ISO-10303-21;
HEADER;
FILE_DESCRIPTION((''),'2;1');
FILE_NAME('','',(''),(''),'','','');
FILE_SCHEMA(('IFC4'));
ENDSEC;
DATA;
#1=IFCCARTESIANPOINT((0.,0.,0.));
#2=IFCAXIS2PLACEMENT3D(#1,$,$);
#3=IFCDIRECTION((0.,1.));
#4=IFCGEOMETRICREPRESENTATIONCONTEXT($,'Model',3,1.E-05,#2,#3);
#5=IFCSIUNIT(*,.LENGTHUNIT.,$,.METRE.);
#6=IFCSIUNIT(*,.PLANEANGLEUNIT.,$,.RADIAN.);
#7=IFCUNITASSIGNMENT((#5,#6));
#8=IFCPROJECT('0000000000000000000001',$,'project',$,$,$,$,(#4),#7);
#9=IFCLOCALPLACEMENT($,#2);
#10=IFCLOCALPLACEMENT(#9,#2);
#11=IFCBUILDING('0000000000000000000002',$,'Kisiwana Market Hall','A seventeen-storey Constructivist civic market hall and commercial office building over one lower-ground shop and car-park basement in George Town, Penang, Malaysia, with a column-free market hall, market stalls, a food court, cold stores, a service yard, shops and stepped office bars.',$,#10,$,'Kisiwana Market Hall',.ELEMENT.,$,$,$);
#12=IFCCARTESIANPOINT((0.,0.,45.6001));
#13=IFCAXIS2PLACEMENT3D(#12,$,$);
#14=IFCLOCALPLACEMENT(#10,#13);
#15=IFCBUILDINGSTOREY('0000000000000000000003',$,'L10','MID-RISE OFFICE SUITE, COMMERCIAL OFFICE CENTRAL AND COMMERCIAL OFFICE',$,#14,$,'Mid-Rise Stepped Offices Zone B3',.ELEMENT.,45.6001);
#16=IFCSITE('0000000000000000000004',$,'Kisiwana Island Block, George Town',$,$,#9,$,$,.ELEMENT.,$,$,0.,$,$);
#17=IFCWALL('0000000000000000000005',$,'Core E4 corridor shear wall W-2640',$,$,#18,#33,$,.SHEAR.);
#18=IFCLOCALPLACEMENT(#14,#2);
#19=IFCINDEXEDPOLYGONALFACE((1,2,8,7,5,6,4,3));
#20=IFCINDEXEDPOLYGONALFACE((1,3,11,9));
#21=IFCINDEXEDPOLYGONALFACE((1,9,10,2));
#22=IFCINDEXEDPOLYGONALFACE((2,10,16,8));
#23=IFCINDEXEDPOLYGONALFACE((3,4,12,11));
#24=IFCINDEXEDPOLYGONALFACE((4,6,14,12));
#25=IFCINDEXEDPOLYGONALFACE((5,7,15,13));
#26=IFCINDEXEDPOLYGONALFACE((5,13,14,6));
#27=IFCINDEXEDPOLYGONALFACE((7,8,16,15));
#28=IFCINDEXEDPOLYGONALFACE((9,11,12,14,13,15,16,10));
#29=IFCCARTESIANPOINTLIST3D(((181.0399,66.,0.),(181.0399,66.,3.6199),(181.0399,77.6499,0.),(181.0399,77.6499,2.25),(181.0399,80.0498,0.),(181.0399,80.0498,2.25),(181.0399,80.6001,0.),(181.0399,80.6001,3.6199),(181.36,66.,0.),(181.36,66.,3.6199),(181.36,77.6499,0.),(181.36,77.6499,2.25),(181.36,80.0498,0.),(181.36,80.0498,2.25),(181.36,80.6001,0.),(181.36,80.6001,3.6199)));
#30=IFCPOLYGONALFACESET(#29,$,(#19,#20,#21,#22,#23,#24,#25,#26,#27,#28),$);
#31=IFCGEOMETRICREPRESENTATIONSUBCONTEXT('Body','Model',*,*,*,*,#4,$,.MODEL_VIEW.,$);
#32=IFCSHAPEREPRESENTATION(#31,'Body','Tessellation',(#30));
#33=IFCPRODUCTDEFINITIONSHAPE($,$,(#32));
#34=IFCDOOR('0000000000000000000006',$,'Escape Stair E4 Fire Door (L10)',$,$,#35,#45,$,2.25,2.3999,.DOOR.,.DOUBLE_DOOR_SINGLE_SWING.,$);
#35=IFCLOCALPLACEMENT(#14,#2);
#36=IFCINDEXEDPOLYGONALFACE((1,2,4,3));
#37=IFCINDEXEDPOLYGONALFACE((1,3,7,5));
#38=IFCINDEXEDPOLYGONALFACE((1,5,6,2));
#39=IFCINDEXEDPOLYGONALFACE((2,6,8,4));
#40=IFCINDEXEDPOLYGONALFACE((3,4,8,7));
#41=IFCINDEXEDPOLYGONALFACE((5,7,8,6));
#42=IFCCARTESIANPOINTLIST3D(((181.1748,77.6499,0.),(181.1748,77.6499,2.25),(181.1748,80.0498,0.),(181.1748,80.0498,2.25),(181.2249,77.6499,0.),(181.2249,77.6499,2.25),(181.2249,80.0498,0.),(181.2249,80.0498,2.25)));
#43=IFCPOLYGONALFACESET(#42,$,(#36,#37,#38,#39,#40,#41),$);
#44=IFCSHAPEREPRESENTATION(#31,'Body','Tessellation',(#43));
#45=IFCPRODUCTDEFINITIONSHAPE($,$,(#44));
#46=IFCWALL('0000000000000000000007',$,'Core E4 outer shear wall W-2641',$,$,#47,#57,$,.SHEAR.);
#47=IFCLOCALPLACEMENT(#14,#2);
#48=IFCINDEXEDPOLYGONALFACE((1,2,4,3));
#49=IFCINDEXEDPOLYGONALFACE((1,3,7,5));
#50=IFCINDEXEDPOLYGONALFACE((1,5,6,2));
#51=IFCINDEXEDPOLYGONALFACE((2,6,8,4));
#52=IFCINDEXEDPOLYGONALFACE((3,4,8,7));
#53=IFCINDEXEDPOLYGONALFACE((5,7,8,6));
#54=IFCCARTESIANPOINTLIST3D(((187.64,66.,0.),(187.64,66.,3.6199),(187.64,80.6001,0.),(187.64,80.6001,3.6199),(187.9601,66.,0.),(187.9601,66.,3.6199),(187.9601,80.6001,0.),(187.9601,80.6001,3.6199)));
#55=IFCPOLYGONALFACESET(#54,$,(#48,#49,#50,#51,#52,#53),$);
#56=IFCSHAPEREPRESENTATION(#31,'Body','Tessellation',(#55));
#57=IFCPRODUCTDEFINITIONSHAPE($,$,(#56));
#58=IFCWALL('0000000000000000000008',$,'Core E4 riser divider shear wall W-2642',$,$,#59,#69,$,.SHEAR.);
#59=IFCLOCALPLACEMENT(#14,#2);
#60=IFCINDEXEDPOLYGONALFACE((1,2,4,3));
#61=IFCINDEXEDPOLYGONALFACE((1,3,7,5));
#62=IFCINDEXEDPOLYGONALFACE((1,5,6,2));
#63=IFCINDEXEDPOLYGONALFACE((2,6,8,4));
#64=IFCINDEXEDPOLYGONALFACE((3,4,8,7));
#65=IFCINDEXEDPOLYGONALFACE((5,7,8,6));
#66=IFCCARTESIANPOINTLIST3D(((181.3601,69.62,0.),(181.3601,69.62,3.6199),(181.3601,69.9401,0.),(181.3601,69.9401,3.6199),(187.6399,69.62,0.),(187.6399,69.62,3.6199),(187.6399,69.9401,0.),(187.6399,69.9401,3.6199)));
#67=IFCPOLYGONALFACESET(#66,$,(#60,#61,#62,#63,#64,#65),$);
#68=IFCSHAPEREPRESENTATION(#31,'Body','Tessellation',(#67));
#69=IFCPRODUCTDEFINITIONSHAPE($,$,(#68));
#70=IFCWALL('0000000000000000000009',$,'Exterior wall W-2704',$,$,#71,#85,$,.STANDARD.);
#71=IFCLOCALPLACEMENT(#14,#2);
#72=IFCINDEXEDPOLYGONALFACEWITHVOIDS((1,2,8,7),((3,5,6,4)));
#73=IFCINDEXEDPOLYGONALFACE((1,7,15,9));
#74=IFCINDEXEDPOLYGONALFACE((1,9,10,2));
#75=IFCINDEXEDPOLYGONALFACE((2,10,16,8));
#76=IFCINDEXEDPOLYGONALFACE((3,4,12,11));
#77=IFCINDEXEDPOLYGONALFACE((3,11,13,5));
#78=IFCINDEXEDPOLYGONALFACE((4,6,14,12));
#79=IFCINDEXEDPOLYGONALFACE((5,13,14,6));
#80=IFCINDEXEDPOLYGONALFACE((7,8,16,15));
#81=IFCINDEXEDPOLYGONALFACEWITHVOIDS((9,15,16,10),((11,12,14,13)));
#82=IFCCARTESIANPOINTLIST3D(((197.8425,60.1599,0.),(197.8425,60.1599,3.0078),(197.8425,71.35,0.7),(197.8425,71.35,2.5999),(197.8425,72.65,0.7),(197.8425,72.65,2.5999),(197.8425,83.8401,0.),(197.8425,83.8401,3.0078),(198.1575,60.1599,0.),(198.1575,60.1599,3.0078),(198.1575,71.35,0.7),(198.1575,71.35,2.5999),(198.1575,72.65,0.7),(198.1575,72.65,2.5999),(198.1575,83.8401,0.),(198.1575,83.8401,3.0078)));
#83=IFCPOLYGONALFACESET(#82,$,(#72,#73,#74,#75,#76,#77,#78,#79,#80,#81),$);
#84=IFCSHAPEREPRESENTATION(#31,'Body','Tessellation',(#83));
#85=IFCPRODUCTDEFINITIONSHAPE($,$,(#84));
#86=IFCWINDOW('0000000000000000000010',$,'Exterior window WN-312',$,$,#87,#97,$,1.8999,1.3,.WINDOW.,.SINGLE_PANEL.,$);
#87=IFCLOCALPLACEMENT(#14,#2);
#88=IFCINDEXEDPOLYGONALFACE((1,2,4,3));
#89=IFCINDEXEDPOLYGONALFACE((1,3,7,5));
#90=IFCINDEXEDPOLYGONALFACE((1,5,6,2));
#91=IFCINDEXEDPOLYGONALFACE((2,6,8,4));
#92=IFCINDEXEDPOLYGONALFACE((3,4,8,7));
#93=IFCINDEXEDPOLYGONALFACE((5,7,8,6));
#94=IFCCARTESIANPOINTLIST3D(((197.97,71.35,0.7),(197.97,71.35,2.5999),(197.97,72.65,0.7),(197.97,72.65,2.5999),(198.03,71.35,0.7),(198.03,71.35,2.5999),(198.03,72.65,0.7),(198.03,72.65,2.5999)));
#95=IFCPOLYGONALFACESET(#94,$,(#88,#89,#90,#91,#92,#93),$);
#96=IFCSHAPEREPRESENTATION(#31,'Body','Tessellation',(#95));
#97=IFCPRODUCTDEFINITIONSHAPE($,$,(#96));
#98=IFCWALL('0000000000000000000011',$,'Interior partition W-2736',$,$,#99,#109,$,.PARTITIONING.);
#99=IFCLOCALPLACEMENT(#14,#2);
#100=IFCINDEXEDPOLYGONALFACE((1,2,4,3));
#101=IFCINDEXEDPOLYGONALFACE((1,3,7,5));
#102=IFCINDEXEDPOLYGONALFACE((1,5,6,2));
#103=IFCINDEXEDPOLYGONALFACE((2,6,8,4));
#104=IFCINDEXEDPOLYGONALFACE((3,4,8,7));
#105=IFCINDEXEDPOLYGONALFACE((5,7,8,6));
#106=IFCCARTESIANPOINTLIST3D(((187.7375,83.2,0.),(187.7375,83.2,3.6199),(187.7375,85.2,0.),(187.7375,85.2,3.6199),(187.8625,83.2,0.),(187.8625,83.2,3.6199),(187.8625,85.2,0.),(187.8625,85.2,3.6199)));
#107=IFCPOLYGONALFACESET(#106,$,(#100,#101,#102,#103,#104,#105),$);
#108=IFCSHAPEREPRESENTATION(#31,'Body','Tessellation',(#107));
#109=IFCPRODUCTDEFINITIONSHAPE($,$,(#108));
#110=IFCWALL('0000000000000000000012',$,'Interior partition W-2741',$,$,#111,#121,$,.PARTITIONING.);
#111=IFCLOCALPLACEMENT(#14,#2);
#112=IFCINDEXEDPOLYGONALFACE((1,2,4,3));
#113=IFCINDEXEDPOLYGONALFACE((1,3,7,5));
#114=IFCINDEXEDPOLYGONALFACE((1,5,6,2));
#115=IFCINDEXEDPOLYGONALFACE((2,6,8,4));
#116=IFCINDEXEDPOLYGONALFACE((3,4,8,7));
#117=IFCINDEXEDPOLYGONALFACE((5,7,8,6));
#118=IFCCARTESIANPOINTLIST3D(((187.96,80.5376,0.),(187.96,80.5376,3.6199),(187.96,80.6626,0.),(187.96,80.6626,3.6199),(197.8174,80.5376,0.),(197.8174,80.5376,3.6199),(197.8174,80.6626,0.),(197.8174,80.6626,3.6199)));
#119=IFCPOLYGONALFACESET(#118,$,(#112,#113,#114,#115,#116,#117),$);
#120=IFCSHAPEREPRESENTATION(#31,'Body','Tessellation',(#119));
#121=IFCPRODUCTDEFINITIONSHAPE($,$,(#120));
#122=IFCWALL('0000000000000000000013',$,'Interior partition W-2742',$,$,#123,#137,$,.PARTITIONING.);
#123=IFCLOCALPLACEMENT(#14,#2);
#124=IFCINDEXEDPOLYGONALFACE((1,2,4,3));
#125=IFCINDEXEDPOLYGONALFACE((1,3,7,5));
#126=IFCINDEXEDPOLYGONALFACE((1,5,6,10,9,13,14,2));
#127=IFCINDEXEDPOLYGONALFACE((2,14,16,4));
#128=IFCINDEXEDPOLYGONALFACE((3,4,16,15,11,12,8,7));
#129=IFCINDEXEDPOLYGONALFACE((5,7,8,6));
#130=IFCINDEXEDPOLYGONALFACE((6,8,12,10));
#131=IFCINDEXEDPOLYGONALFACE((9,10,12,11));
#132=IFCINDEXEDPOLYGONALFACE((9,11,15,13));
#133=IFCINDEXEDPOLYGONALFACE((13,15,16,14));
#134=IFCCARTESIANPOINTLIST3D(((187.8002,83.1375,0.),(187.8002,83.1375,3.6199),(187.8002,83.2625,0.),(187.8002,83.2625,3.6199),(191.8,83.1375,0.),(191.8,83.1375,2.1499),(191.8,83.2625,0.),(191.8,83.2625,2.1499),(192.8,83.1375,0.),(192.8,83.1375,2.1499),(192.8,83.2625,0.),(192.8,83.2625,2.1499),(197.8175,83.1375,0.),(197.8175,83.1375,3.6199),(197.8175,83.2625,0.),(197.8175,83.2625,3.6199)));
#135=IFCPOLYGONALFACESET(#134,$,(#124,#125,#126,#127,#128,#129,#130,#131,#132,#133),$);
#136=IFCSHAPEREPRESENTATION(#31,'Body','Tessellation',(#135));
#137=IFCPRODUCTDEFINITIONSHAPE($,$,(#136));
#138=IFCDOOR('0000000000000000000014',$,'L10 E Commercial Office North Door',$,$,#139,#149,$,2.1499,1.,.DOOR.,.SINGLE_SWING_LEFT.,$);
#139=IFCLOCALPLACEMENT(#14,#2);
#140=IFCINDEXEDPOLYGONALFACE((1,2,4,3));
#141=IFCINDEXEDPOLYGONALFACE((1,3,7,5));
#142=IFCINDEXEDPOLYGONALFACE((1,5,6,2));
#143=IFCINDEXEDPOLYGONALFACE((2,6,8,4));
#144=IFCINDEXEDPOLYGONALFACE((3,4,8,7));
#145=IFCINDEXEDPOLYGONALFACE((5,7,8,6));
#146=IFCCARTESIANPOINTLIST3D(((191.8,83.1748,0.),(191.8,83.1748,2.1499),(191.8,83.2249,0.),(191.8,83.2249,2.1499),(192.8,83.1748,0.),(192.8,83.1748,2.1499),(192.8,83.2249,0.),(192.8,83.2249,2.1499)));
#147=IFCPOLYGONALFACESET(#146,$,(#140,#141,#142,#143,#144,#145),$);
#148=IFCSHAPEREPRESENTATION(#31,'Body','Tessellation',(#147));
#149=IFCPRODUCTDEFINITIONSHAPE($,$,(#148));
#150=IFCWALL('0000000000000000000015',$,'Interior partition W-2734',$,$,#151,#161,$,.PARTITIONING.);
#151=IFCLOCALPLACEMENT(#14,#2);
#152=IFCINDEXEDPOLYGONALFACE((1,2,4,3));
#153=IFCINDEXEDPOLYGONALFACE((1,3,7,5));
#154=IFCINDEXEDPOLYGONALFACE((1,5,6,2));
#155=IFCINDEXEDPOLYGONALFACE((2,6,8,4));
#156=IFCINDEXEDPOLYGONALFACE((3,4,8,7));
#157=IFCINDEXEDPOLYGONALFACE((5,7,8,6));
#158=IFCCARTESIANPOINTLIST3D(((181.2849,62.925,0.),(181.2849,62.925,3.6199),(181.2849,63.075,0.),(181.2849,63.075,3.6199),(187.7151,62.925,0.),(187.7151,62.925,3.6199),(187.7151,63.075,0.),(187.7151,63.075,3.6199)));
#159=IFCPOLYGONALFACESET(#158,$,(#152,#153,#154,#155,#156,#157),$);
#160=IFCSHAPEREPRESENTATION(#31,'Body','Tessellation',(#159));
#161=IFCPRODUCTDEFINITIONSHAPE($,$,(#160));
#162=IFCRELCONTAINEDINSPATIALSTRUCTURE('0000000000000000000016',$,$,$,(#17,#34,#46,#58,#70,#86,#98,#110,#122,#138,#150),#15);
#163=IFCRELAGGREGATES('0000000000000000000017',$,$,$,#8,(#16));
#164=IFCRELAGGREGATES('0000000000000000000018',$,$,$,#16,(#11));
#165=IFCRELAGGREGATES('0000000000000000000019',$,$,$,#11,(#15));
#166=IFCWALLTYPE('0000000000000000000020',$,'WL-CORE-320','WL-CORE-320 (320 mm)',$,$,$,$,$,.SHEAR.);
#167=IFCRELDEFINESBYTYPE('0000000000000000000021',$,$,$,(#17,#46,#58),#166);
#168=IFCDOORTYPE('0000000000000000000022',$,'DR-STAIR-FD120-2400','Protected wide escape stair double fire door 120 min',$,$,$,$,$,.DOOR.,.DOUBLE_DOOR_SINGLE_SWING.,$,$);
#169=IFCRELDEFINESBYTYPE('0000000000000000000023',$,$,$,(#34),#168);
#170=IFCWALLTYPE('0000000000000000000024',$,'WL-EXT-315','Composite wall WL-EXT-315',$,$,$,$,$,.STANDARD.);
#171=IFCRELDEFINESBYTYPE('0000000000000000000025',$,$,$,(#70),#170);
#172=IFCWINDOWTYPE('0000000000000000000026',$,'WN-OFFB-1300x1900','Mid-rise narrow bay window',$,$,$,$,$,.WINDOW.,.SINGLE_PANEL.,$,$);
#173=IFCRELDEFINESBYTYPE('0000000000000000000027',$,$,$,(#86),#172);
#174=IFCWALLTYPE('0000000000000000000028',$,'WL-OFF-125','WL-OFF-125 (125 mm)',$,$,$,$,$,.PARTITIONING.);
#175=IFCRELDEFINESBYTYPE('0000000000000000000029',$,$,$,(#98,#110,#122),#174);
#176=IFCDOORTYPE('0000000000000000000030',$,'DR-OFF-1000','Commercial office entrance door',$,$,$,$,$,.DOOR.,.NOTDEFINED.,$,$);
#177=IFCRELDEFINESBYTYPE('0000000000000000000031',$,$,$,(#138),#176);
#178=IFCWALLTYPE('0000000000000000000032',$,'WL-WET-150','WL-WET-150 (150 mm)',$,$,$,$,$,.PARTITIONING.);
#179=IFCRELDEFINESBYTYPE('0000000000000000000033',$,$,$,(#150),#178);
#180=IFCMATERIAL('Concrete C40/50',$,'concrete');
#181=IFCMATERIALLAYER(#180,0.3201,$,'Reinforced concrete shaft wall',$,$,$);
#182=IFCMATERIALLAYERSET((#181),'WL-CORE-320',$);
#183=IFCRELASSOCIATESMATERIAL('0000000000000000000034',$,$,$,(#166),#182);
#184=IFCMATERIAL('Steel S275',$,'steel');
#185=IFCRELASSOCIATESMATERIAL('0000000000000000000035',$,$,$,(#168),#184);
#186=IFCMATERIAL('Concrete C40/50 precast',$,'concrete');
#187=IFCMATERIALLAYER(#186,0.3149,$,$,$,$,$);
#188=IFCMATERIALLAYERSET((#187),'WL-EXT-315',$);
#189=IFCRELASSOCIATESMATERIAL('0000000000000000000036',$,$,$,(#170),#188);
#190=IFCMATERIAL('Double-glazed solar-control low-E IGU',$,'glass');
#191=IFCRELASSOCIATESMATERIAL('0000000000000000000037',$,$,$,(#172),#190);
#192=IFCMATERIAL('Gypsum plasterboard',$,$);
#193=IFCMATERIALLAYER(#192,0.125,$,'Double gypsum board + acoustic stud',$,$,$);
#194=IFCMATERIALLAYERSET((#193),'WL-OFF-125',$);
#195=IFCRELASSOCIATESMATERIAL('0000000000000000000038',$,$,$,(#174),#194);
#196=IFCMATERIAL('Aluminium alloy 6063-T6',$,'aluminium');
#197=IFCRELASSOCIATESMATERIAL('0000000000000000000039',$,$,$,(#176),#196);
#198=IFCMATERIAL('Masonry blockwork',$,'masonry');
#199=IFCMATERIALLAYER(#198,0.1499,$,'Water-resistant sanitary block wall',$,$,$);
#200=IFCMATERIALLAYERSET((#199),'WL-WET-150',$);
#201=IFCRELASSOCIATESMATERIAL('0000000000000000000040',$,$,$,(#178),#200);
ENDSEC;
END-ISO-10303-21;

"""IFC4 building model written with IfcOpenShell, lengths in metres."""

from ifc_helpers import new_model, si_unit, direction, frame, frame_2d, origin, place, context, subcontext, project, spatial, rectangle, extrude, material, layer, layer_set, type_object, element, fill, save


model = new_model("IFC4")

# Units and contexts
model_context = context("Model", 3, precision=1e-05, world=origin(), true_north=direction((0.0, 1.0)))
body_context = subcontext(model_context, "Body", "Model", "MODEL_VIEW")
ifc_project = project(units=[si_unit("LENGTHUNIT", "METRE"), si_unit("PLANEANGLEUNIT", "RADIAN")], contexts=[model_context])

# Site, building, storey
site_placement = place(None, origin())
site = spatial("IfcSite", under=ifc_project, at=site_placement, Name="Kisiwana Island Block, George Town", CompositionType="ELEMENT", RefElevation=0.0)
building_placement = place(site_placement, origin())
building = spatial("IfcBuilding", under=site, at=building_placement, Name="Kisiwana Market Hall", Description="A seventeen-storey Constructivist civic market hall and commercial office building over one lower-ground shop and car-park basement in George Town, Penang, Malaysia, with a column-free market hall, market stalls, a food court, cold stores, a service yard, shops and stepped office bars.", LongName="Kisiwana Market Hall", CompositionType="ELEMENT")
storey_placement = place(building_placement, frame((0.0, 0.0, 45.6001)))
storey = spatial("IfcBuildingStorey", under=building, at=storey_placement, Name="L10", Description="MID-RISE OFFICE SUITE, COMMERCIAL OFFICE CENTRAL AND COMMERCIAL OFFICE", LongName="Mid-Rise Stepped Offices Zone B3", CompositionType="ELEMENT", Elevation=45.6001)

# Shared definitions
ifc_material_1 = material(Name="Concrete C40/50", Category="concrete")
ifc_layer_1 = layer(ifc_material_1, 0.3201, Name="Reinforced concrete shaft wall")
ifc_layer_set_1 = layer_set([ifc_layer_1], Name="WL-CORE-320")
wall_type_1 = type_object("IfcWallType", Name="WL-CORE-320", Description="WL-CORE-320 (320 mm)", PredefinedType="SHEAR", material=ifc_layer_set_1)

# Wall, opening, door
wall_1_placement = place(storey_placement, frame((181.2, 66.0, 0.0), z_axis=(0.0, 0.0, 1.0), x_axis=(0.0, 1.0, 0.0)))
wall_1 = element("IfcWall", 1, at=wall_1_placement, inside=storey, type_object=wall_type_1, Name="Core E4 corridor shear wall W-2640", PredefinedType="SHEAR", context=body_context, shape_type="SweptSolid", body=[
    extrude(rectangle(XDim=14.6001, YDim=0.3201, at=frame_2d((7.3, 0.0))), origin(), (0.0, 0.0, 1.0), 3.6199),
])
opening_1_placement = place(wall_1_placement, frame((11.6499, 0.0, 0.0)))
opening_1 = element("IfcOpeningElement", 2, at=opening_1_placement, cuts=wall_1, PredefinedType="OPENING", context=body_context, shape_type="SweptSolid", body=[
    extrude(rectangle(XDim=2.3999, YDim=2.25, at=frame_2d((1.2, 1.125))), frame((0.0, 0.1719, 0.0), z_axis=(0.0, -1.0, 0.0), x_axis=(1.0, 0.0, 0.0)), (0.0, 0.0, 1.0), 0.344),
])
ifc_material_2 = material(Name="Steel S275", Category="steel")
door_type_1 = type_object("IfcDoorType", Name="DR-STAIR-FD120-2400", Description="Protected wide escape stair double fire door 120 min", OperationType="DOUBLE_DOOR_SINGLE_SWING", PredefinedType="DOOR", material=ifc_material_2)
door_1_placement = place(opening_1_placement, frame((2.3999, 0.0, 0.0), z_axis=(0.0, 0.0, 1.0), x_axis=(-1.0, 0.0, 0.0)))
door_1 = element("IfcDoor", 3, at=door_1_placement, inside=storey, type_object=door_type_1, Name="Escape Stair E4 Fire Door (L10)", OperationType="DOUBLE_DOOR_SINGLE_SWING", OverallHeight=2.25, OverallWidth=2.3999, PredefinedType="DOOR", context=body_context, shape_type="SweptSolid", body=[
    extrude(rectangle(XDim=2.3999, YDim=2.25, at=frame_2d((1.2, 1.125))), frame((0.0, 0.0249, 0.0), z_axis=(0.0, -1.0, 0.0), x_axis=(1.0, 0.0, 0.0)), (0.0, 0.0, 1.0), 0.05),
])
fill(opening_1, door_1)

# Walls
wall_2_placement = place(storey_placement, frame((187.8, 66.0, 0.0), z_axis=(0.0, 0.0, 1.0), x_axis=(0.0, 1.0, 0.0)))
element("IfcWall", 4, at=wall_2_placement, inside=storey, type_object=wall_type_1, Name="Core E4 outer shear wall W-2641", PredefinedType="SHEAR", context=body_context, shape_type="SweptSolid", body=[
    extrude(rectangle(XDim=14.6001, YDim=0.3201, at=frame_2d((7.3, 0.0))), origin(), (0.0, 0.0, 1.0), 3.6199),
])
wall_3_placement = place(storey_placement, frame((181.3601, 69.78, 0.0), z_axis=(0.0, 0.0, 1.0), x_axis=(1.0, 0.0, 0.0)))
element("IfcWall", 5, at=wall_3_placement, inside=storey, type_object=wall_type_1, Name="Core E4 riser divider shear wall W-2642", PredefinedType="SHEAR", context=body_context, shape_type="SweptSolid", body=[
    extrude(rectangle(XDim=6.2798, YDim=0.3201, at=frame_2d((3.1399, 0.0))), origin(), (0.0, 0.0, 1.0), 3.6199),
])

# Wall, opening, window
ifc_material_3 = material(Name="Concrete C40/50 precast", Category="concrete")
ifc_layer_2 = layer(ifc_material_3, 0.3149)
ifc_layer_set_2 = layer_set([ifc_layer_2], Name="WL-EXT-315")
wall_type_2 = type_object("IfcWallType", Name="WL-EXT-315", Description="Composite wall WL-EXT-315", PredefinedType="STANDARD", material=ifc_layer_set_2)
wall_4_placement = place(storey_placement, frame((198.0, 60.1599, 0.0), z_axis=(0.0, 0.0, 1.0), x_axis=(0.0, 1.0, 0.0)))
wall_4 = element("IfcWall", 6, at=wall_4_placement, inside=storey, type_object=wall_type_2, Name="Exterior wall W-2704", PredefinedType="STANDARD", context=body_context, shape_type="SweptSolid", body=[
    extrude(rectangle(XDim=23.6802, YDim=0.3149, at=frame_2d((11.8401, 0.0))), origin(), (0.0, 0.0, 1.0), 3.0078),
])
opening_2_placement = place(wall_4_placement, frame((11.1902, 0.0, 0.7)))
opening_2 = element("IfcOpeningElement", 7, at=opening_2_placement, cuts=wall_4, PredefinedType="OPENING", context=body_context, shape_type="SweptSolid", body=[
    extrude(rectangle(XDim=1.3, YDim=1.8999, at=frame_2d((0.6499, 0.95))), frame((0.0, 0.1694, 0.0), z_axis=(0.0, -1.0, 0.0), x_axis=(1.0, 0.0, 0.0)), (0.0, 0.0, 1.0), 0.3389),
])
ifc_material_4 = material(Name="Double-glazed solar-control low-E IGU", Category="glass")
window_type = type_object("IfcWindowType", Name="WN-OFFB-1300x1900", Description="Mid-rise narrow bay window", PartitioningType="SINGLE_PANEL", PredefinedType="WINDOW", material=ifc_material_4)
window_placement = place(opening_2_placement, origin())
window = element("IfcWindow", 8, at=window_placement, inside=storey, type_object=window_type, Name="Exterior window WN-312", OverallHeight=1.8999, OverallWidth=1.3, PartitioningType="SINGLE_PANEL", PredefinedType="WINDOW", context=body_context, shape_type="SweptSolid", body=[
    extrude(rectangle(XDim=1.3, YDim=1.8999, at=frame_2d((0.6499, 0.95))), frame((0.0, 0.03, 0.0), z_axis=(0.0, -1.0, 0.0), x_axis=(1.0, 0.0, 0.0)), (0.0, 0.0, 1.0), 0.0601),
])
fill(opening_2, window)

# Walls
ifc_material_5 = material(Name="Gypsum plasterboard")
ifc_layer_3 = layer(ifc_material_5, 0.125, Name="Double gypsum board + acoustic stud")
ifc_layer_set_3 = layer_set([ifc_layer_3], Name="WL-OFF-125")
wall_type_3 = type_object("IfcWallType", Name="WL-OFF-125", Description="WL-OFF-125 (125 mm)", PredefinedType="PARTITIONING", material=ifc_layer_set_3)
wall_5_placement = place(storey_placement, frame((187.8, 83.2, 0.0), z_axis=(0.0, 0.0, 1.0), x_axis=(0.0, 1.0, 0.0)))
element("IfcWall", 9, at=wall_5_placement, inside=storey, type_object=wall_type_3, Name="Interior partition W-2736", PredefinedType="PARTITIONING", context=body_context, shape_type="SweptSolid", body=[
    extrude(rectangle(XDim=2.0, YDim=0.125, at=frame_2d((1.0, 0.0))), origin(), (0.0, 0.0, 1.0), 3.6199),
])
wall_6_placement = place(storey_placement, frame((187.96, 80.6001, 0.0), z_axis=(0.0, 0.0, 1.0), x_axis=(1.0, 0.0, 0.0)))
element("IfcWall", 10, at=wall_6_placement, inside=storey, type_object=wall_type_3, Name="Interior partition W-2741", PredefinedType="PARTITIONING", context=body_context, shape_type="SweptSolid", body=[
    extrude(rectangle(XDim=9.8574, YDim=0.125, at=frame_2d((4.9287, 0.0))), origin(), (0.0, 0.0, 1.0), 3.6199),
])

# Wall, opening, door
wall_7_placement = place(storey_placement, frame((187.8, 83.2, 0.0), z_axis=(0.0, 0.0, 1.0), x_axis=(1.0, 0.0, 0.0)))
wall_7 = element("IfcWall", 11, at=wall_7_placement, inside=storey, type_object=wall_type_3, Name="Interior partition W-2742", PredefinedType="PARTITIONING", context=body_context, shape_type="SweptSolid", body=[
    extrude(rectangle(XDim=10.0173, YDim=0.125, at=frame_2d((5.0088, 0.0))), origin(), (0.0, 0.0, 1.0), 3.6199),
])
opening_3_placement = place(wall_7_placement, frame((4.0, 0.0, 0.0)))
opening_3 = element("IfcOpeningElement", 12, at=opening_3_placement, cuts=wall_7, PredefinedType="OPENING", context=body_context, shape_type="SweptSolid", body=[
    extrude(rectangle(XDim=1.0, YDim=2.1499, at=frame_2d((0.5, 1.075))), frame((0.0, 0.0745, 0.0), z_axis=(0.0, -1.0, 0.0), x_axis=(1.0, 0.0, 0.0)), (0.0, 0.0, 1.0), 0.1489),
])
ifc_material_6 = material(Name="Aluminium alloy 6063-T6", Category="aluminium")
door_type_2 = type_object("IfcDoorType", Name="DR-OFF-1000", Description="Commercial office entrance door", OperationType="NOTDEFINED", PredefinedType="DOOR", material=ifc_material_6)
door_2_placement = place(opening_3_placement, origin())
door_2 = element("IfcDoor", 13, at=door_2_placement, inside=storey, type_object=door_type_2, Name="L10 E Commercial Office North Door", OperationType="SINGLE_SWING_LEFT", OverallHeight=2.1499, OverallWidth=1.0, PredefinedType="DOOR", context=body_context, shape_type="SweptSolid", body=[
    extrude(rectangle(XDim=1.0, YDim=2.1499, at=frame_2d((0.5, 1.075))), frame((0.0, 0.0249, 0.0), z_axis=(0.0, -1.0, 0.0), x_axis=(1.0, 0.0, 0.0)), (0.0, 0.0, 1.0), 0.05),
])
fill(opening_3, door_2)

# Wall
ifc_material_7 = material(Name="Masonry blockwork", Category="masonry")
ifc_layer_4 = layer(ifc_material_7, 0.1499, Name="Water-resistant sanitary block wall")
ifc_layer_set_4 = layer_set([ifc_layer_4], Name="WL-WET-150")
wall_type_4 = type_object("IfcWallType", Name="WL-WET-150", Description="WL-WET-150 (150 mm)", PredefinedType="PARTITIONING", material=ifc_layer_set_4)
wall_8_placement = place(storey_placement, frame((181.2849, 63.0, 0.0), z_axis=(0.0, 0.0, 1.0), x_axis=(1.0, 0.0, 0.0)))
element("IfcWall", 14, at=wall_8_placement, inside=storey, type_object=wall_type_4, Name="Interior partition W-2734", PredefinedType="PARTITIONING", context=body_context, shape_type="SweptSolid", body=[
    extrude(rectangle(XDim=6.4302, YDim=0.1499, at=frame_2d((3.2151, 0.0))), origin(), (0.0, 0.0, 1.0), 3.6199),
])

save(model, "model.ifc")
